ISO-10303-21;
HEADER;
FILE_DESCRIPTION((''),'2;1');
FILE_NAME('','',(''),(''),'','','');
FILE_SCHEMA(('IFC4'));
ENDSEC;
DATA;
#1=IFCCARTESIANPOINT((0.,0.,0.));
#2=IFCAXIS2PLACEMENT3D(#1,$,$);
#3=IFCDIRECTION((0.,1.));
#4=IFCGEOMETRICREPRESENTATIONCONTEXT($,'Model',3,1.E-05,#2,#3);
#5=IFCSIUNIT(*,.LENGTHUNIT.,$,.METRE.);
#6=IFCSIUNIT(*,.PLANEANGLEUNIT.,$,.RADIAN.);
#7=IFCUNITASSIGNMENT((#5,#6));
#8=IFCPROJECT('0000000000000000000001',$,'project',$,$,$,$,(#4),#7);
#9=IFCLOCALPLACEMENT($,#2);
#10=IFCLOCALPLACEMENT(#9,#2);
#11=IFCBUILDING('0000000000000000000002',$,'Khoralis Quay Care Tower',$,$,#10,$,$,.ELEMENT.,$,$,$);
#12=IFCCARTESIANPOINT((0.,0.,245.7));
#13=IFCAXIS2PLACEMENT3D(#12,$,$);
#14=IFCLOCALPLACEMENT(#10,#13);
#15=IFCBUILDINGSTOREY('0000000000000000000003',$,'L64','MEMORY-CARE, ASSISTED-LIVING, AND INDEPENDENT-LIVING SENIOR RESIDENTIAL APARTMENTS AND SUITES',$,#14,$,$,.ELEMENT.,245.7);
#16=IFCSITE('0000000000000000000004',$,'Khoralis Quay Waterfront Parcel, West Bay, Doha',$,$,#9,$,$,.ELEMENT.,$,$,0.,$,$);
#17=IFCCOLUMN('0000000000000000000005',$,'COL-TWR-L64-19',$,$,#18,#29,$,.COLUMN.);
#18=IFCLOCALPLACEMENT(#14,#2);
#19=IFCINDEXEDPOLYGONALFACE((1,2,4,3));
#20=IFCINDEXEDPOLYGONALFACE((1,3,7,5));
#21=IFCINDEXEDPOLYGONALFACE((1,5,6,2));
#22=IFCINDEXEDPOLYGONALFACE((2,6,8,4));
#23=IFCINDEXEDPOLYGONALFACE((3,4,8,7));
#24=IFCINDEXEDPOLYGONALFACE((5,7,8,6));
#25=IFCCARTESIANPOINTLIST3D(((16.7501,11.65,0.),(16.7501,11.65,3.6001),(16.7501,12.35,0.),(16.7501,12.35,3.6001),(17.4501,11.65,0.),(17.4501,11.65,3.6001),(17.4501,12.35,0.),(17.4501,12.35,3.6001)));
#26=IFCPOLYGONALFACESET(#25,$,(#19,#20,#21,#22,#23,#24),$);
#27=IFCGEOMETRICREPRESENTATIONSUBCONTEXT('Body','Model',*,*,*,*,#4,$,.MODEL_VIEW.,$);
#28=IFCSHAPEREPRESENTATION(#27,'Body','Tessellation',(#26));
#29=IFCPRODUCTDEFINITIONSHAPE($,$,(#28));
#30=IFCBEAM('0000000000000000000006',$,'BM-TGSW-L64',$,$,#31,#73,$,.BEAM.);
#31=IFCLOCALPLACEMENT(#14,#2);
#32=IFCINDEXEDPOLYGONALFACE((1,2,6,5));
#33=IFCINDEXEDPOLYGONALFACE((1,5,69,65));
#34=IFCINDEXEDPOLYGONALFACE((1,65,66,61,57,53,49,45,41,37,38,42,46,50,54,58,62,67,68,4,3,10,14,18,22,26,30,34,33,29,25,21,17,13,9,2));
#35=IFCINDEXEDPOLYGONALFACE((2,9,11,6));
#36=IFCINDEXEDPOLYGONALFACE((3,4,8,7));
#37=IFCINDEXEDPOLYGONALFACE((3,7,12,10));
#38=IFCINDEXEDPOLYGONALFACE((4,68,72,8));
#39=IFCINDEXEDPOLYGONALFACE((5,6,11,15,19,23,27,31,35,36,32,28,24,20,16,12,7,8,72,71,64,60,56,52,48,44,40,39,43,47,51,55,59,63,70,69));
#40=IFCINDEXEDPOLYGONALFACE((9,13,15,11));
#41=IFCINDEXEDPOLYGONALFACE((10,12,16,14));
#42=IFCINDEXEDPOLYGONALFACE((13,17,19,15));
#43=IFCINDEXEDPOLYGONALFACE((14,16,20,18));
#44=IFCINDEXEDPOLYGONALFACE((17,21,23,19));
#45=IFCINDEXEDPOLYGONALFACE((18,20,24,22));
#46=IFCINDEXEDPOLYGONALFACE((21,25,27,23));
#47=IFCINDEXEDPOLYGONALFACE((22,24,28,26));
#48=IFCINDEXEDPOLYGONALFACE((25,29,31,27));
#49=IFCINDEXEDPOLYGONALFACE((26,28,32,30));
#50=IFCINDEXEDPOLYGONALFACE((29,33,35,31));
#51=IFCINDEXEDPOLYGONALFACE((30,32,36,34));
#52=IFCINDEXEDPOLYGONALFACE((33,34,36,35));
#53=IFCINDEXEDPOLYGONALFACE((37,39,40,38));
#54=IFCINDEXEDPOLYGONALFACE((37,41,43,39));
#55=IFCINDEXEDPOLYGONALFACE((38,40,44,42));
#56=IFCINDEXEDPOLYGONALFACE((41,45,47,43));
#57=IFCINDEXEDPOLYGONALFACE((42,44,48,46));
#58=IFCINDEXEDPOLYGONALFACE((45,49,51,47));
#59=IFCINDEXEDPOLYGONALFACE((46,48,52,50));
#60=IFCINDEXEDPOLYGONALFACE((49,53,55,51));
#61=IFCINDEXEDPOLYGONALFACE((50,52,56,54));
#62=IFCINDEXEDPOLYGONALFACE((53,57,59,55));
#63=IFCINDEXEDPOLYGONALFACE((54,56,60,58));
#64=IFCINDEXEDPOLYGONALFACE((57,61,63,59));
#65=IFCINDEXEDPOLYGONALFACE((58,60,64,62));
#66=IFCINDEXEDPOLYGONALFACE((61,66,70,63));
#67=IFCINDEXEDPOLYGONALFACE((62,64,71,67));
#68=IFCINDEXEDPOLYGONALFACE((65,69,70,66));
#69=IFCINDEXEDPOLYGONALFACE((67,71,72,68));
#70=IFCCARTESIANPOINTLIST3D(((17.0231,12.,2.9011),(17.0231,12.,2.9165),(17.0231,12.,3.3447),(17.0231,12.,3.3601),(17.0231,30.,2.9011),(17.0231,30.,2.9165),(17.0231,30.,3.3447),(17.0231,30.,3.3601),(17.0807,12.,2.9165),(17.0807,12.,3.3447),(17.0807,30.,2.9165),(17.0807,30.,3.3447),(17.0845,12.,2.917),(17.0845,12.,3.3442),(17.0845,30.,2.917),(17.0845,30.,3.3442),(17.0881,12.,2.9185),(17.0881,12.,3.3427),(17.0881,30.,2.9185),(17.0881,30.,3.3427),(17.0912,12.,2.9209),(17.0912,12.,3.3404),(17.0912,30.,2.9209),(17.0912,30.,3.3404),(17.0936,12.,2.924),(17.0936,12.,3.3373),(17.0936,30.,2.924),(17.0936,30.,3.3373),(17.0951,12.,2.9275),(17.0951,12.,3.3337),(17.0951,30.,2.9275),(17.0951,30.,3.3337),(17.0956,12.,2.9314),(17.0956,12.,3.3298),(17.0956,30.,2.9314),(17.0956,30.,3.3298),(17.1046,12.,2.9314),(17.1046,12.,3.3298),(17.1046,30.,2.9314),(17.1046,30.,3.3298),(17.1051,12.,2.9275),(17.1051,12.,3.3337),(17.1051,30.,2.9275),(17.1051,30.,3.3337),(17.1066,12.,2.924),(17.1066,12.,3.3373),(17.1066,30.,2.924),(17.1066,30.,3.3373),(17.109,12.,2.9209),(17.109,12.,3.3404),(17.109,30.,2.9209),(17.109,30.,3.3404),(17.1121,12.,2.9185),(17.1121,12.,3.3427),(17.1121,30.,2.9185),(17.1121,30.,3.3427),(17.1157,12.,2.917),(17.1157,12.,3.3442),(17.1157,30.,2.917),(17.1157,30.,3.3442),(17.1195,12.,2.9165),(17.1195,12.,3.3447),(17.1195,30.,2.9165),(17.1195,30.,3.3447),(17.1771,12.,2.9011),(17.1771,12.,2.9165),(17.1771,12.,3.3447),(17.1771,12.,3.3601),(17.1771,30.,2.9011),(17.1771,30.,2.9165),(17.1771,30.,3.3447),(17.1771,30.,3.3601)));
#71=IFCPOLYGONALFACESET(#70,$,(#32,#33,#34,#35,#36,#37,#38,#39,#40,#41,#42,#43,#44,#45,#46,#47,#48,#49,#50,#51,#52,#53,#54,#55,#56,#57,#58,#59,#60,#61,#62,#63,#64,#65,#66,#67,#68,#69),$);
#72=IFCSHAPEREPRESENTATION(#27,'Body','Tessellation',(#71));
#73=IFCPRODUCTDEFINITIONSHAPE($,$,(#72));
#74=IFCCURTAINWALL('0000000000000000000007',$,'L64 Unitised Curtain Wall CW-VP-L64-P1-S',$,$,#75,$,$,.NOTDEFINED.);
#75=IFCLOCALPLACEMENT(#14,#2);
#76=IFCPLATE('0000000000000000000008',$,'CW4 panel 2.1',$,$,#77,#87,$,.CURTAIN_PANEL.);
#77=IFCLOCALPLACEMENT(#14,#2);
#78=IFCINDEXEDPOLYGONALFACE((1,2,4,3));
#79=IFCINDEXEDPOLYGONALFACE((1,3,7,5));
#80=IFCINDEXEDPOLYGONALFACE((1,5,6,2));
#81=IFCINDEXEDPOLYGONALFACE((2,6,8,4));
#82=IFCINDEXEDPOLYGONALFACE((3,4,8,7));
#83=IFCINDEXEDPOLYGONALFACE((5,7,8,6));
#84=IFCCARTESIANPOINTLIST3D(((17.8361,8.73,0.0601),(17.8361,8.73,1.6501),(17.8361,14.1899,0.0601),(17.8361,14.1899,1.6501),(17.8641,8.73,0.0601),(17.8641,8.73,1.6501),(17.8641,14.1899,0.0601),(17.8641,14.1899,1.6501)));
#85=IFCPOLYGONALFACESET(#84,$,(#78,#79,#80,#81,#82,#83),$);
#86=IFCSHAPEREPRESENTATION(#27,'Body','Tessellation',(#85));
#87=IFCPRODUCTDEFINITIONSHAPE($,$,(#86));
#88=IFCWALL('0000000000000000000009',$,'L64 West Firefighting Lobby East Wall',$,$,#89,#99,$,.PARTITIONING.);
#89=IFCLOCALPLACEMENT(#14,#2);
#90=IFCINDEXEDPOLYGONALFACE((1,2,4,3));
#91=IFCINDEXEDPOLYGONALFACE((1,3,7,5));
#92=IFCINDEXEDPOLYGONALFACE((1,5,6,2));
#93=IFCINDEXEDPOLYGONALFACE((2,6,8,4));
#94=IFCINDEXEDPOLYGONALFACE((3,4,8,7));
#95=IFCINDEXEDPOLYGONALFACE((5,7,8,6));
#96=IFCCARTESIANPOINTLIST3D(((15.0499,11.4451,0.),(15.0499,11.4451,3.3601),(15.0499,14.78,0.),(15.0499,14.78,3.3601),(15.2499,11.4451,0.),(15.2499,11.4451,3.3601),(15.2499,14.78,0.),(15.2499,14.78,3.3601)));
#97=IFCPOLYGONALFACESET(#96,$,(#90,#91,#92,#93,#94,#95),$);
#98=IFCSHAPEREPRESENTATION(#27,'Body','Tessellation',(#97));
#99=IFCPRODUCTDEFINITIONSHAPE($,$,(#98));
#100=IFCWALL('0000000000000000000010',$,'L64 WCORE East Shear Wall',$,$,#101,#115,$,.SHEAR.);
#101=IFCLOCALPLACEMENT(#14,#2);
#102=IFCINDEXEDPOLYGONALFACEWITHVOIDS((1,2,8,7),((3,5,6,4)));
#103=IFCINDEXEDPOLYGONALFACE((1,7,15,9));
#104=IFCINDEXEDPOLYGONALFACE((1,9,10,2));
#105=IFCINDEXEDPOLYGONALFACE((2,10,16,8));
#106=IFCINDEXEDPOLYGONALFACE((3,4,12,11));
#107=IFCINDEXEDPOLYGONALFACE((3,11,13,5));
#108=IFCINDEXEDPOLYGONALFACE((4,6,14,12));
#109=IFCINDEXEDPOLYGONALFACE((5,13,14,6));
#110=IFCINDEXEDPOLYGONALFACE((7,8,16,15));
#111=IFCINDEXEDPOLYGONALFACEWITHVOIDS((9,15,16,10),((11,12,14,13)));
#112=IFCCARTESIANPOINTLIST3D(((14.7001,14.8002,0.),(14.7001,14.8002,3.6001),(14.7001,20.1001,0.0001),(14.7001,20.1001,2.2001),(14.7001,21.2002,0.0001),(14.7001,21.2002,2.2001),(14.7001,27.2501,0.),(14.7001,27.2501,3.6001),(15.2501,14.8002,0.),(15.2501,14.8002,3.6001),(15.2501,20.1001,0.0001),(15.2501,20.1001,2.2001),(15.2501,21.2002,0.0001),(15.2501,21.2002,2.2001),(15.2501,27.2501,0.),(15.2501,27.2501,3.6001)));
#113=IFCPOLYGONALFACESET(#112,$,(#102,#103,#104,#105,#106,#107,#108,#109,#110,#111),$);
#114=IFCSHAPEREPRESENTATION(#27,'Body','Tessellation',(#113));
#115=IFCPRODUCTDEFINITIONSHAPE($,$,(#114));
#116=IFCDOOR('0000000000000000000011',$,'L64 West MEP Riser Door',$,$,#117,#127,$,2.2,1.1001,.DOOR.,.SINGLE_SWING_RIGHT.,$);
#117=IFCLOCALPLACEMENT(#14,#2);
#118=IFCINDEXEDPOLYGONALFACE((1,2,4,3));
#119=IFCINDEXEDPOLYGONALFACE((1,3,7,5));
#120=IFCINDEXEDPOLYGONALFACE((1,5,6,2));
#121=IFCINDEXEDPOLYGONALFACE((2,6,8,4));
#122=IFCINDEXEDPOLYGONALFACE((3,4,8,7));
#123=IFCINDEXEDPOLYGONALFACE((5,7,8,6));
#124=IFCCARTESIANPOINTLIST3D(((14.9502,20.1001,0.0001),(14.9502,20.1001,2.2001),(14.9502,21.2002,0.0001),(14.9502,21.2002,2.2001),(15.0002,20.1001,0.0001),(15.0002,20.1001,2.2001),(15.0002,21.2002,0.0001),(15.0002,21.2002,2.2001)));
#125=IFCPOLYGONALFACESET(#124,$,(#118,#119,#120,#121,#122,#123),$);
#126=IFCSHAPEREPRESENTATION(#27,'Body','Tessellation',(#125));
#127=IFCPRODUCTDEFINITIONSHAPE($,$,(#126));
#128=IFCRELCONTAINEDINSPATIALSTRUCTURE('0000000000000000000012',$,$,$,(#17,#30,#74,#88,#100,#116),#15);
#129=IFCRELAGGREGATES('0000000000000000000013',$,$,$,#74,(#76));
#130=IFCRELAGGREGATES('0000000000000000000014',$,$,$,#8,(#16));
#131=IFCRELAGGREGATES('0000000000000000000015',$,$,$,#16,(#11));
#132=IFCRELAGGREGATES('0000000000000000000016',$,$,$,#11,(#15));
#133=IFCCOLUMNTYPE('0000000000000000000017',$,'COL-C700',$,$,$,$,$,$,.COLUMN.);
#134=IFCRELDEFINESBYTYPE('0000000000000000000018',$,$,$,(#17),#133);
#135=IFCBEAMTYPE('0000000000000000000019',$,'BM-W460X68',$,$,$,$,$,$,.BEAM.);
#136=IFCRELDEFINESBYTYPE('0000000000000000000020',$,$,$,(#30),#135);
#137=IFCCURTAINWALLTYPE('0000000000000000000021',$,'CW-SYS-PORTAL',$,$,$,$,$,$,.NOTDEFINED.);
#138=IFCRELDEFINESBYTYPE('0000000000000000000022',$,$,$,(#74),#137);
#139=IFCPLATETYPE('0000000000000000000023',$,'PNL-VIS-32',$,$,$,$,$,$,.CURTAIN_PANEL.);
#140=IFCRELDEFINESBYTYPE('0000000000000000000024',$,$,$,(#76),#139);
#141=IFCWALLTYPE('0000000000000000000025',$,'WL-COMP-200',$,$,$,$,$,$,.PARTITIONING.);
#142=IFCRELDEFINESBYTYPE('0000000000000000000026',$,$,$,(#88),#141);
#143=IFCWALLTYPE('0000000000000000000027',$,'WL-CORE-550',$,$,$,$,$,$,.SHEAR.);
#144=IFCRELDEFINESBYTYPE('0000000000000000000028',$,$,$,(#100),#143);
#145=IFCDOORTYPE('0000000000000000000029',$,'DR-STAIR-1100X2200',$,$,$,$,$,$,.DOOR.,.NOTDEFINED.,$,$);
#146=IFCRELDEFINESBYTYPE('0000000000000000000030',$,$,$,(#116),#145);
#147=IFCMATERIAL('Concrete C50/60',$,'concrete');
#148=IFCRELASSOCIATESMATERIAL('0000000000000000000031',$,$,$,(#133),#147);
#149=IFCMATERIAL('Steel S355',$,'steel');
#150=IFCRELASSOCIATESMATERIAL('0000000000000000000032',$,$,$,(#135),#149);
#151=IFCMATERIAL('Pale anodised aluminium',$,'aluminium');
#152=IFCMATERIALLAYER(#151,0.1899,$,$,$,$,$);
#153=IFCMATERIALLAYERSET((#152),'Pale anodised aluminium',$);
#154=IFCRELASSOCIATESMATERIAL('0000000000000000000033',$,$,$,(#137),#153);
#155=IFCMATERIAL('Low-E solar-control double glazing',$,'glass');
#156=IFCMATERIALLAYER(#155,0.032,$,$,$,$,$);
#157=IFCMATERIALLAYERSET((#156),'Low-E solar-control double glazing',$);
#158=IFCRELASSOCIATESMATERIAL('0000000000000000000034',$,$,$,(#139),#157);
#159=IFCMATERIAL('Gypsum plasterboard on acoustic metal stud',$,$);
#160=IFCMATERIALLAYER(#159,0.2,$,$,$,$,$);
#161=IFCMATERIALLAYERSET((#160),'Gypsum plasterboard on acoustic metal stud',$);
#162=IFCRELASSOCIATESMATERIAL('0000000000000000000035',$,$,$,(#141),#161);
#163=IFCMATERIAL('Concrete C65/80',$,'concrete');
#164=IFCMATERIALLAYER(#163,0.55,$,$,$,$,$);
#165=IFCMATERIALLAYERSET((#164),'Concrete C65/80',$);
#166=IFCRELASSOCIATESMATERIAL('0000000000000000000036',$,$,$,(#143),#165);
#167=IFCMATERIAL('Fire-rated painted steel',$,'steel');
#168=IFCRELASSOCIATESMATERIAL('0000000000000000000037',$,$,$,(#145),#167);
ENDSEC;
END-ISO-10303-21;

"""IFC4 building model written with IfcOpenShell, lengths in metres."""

from ifc_helpers import new_model, si_unit, direction, frame, frame_2d, origin, origin_2d, place, context, subcontext, project, spatial, rectangle, i_section, extrude, source, transform, mapped, material, layer, layer_set, material_profile, profile_set, type_object, element, fill, aggregate, save


model = new_model("IFC4")

# Units and contexts
model_context = context("Model", 3, precision=1e-05, world=origin(), true_north=direction((0.0, 1.0)))
body_context = subcontext(model_context, "Body", "Model", "MODEL_VIEW")
ifc_project = project(units=[si_unit("LENGTHUNIT", "METRE"), si_unit("PLANEANGLEUNIT", "RADIAN")], contexts=[model_context])

# Site, building, storey
site_placement = place(None, origin())
site = spatial("IfcSite", under=ifc_project, at=site_placement, Name="Khoralis Quay Waterfront Parcel, West Bay, Doha", CompositionType="ELEMENT", RefElevation=0.0)
building_placement = place(site_placement, origin())
building = spatial("IfcBuilding", under=site, at=building_placement, Name="Khoralis Quay Care Tower", CompositionType="ELEMENT")
storey_placement = place(building_placement, frame((0.0, 0.0, 245.7)))
storey = spatial("IfcBuildingStorey", under=building, at=storey_placement, Name="L64", Description="MEMORY-CARE, ASSISTED-LIVING, AND INDEPENDENT-LIVING SENIOR RESIDENTIAL APARTMENTS AND SUITES", CompositionType="ELEMENT", Elevation=245.7)

# Column
ifc_material_1 = material(Name="Concrete C50/60", Category="concrete")
ifc_material_profile_1 = material_profile(ifc_material_1, rectangle(XDim=0.7, YDim=0.7, at=origin_2d()), Name="Concrete C50/60")
ifc_profile_set_1 = profile_set([ifc_material_profile_1], Name="Concrete C50/60")
column_type = type_object("IfcColumnType", Name="COL-C700", PredefinedType="COLUMN", material=ifc_profile_set_1)
shared_shape_1 = source(origin(), body_context, "Body", "SweptSolid", [
    extrude(rectangle(XDim=0.7, YDim=0.7, at=origin_2d()), origin(), (0.0, 0.0, 1.0), 3.6001),
])
column_placement = place(storey_placement, frame((17.1001, 12.0, 0.0), z_axis=(0.0, 0.0, 1.0), x_axis=(1.0, 0.0, 0.0)))
element("IfcColumn", 1, at=column_placement, inside=storey, type_object=column_type, Name="COL-TWR-L64-19", PredefinedType="COLUMN", context=body_context, shape_type="MappedRepresentation", body=[
    mapped(shared_shape_1, transform((0.0, 0.0, 0.0), scale=1.0)),
])

# Beam
ifc_material_2 = material(Name="Steel S355", Category="steel")
ifc_material_profile_2 = material_profile(ifc_material_2, i_section(OverallWidth=0.1541, OverallDepth=0.459, WebThickness=0.009, FlangeThickness=0.0154, FilletRadius=0.0149, at=origin_2d()), Name="Steel S355")
ifc_profile_set_2 = profile_set([ifc_material_profile_2], Name="Steel S355")
beam_type = type_object("IfcBeamType", Name="BM-W460X68", PredefinedType="BEAM", material=ifc_profile_set_2)
shared_shape_2 = source(origin(), body_context, "Body", "SweptSolid", [
    extrude(i_section(OverallWidth=0.1541, OverallDepth=0.459, WebThickness=0.009, FlangeThickness=0.0154, FilletRadius=0.0149, at=origin_2d()), origin(), (0.0, 0.0, 1.0), 18.0),
])
beam_placement = place(storey_placement, frame((17.1001, 12.0, 3.1306), z_axis=(0.0, 1.0, 0.0), x_axis=(-1.0, 0.0, 0.0)))
element("IfcBeam", 2, at=beam_placement, inside=storey, type_object=beam_type, Name="BM-TGSW-L64", PredefinedType="BEAM", context=body_context, shape_type="MappedRepresentation", body=[
    mapped(shared_shape_2, transform((0.0, 0.0, 0.0), scale=1.0)),
])

# Curtain wall, plate
ifc_material_3 = material(Name="Pale anodised aluminium", Category="aluminium")
ifc_layer_1 = layer(ifc_material_3, 0.1899)
ifc_layer_set_1 = layer_set([ifc_layer_1], Name="Pale anodised aluminium")
curtain_wall_type = type_object("IfcCurtainWallType", Name="CW-SYS-PORTAL", PredefinedType="NOTDEFINED", material=ifc_layer_set_1)
curtain_wall_placement = place(storey_placement, origin())
curtain_wall = element("IfcCurtainWall", 3, at=curtain_wall_placement, inside=storey, type_object=curtain_wall_type, Name="L64 Unitised Curtain Wall CW-VP-L64-P1-S", PredefinedType="NOTDEFINED")
ifc_material_4 = material(Name="Low-E solar-control double glazing", Category="glass")
ifc_layer_2 = layer(ifc_material_4, 0.032)
ifc_layer_set_2 = layer_set([ifc_layer_2], Name="Low-E solar-control double glazing")
plate_type = type_object("IfcPlateType", Name="PNL-VIS-32", PredefinedType="CURTAIN_PANEL", material=ifc_layer_set_2)
shared_shape_3 = source(origin(), body_context, "Body", "SweptSolid", [
    extrude(rectangle(XDim=5.46, YDim=0.0281, at=origin_2d()), origin(), (0.0, 0.0, 1.0), 1.5901),
])
plate_placement = place(storey_placement, frame((17.8501, 11.46, 0.0601), z_axis=(0.0, 0.0, 1.0), x_axis=(0.0, 1.0, 0.0)))
plate = element("IfcPlate", 4, at=plate_placement, type_object=plate_type, Name="CW4 panel 2.1", PredefinedType="CURTAIN_PANEL", context=body_context, shape_type="MappedRepresentation", body=[
    mapped(shared_shape_3, transform((0.0, 0.0, 0.0), scale=1.0)),
])
aggregate(curtain_wall, [plate])

# Wall
ifc_material_5 = material(Name="Gypsum plasterboard on acoustic metal stud")
ifc_layer_3 = layer(ifc_material_5, 0.2)
ifc_layer_set_3 = layer_set([ifc_layer_3], Name="Gypsum plasterboard on acoustic metal stud")
wall_type_1 = type_object("IfcWallType", Name="WL-COMP-200", PredefinedType="PARTITIONING", material=ifc_layer_set_3)
wall_1_placement = place(storey_placement, frame((15.1499, 11.4451, 0.0), z_axis=(0.0, 0.0, 1.0), x_axis=(0.0, 1.0, 0.0)))
element("IfcWall", 5, at=wall_1_placement, inside=storey, type_object=wall_type_1, Name="L64 West Firefighting Lobby East Wall", PredefinedType="PARTITIONING", context=body_context, shape_type="SweptSolid", body=[
    extrude(rectangle(XDim=3.335, YDim=0.2, at=frame_2d((1.6675, 0.0))), origin(), (0.0, 0.0, 1.0), 3.3601),
])

# Wall, opening, door
ifc_material_6 = material(Name="Concrete C65/80", Category="concrete")
ifc_layer_4 = layer(ifc_material_6, 0.55)
ifc_layer_set_4 = layer_set([ifc_layer_4], Name="Concrete C65/80")
wall_type_2 = type_object("IfcWallType", Name="WL-CORE-550", PredefinedType="SHEAR", material=ifc_layer_set_4)
wall_2_placement = place(storey_placement, frame((14.9751, 14.8, 0.0), z_axis=(0.0, 0.0, 1.0), x_axis=(0.0, 1.0, 0.0)))
wall_2 = element("IfcWall", 6, at=wall_2_placement, inside=storey, type_object=wall_type_2, Name="L64 WCORE East Shear Wall", PredefinedType="SHEAR", context=body_context, shape_type="SweptSolid", body=[
    extrude(rectangle(XDim=12.45, YDim=0.55, at=frame_2d((6.2251, 0.0))), origin(), (0.0, 0.0, 1.0), 3.6001),
])
opening_1_placement = place(wall_2_placement, frame((5.3, 0.0, 0.0)))
opening_1 = element("IfcOpeningElement", 7, at=opening_1_placement, cuts=wall_2, PredefinedType="OPENING", context=body_context, shape_type="SweptSolid", body=[
    extrude(rectangle(XDim=1.1001, YDim=2.2, at=frame_2d((0.55, 1.1001))), frame((0.0, 0.2852, 0.0), z_axis=(0.0, -1.0, 0.0), x_axis=(1.0, 0.0, 0.0)), (0.0, 0.0, 1.0), 0.5701),
])
ifc_material_7 = material(Name="Fire-rated painted steel", Category="steel")
door_type_1 = type_object("IfcDoorType", Name="DR-STAIR-1100X2200", OperationType="NOTDEFINED", PredefinedType="DOOR", material=ifc_material_7)
shared_shape_4 = source(origin(), body_context, "Body", "SweptSolid", [
    extrude(rectangle(XDim=1.1001, YDim=2.2, at=frame_2d((0.55, 1.1001))), frame((0.0, 0.0249, 0.0), z_axis=(0.0, -1.0, 0.0), x_axis=(1.0, 0.0, 0.0)), (0.0, 0.0, 1.0), 0.05),
])
door_1_placement = place(opening_1_placement, origin())
door_1 = element("IfcDoor", 8, at=door_1_placement, inside=storey, type_object=door_type_1, Name="L64 West MEP Riser Door", OperationType="SINGLE_SWING_RIGHT", OverallHeight=2.2, OverallWidth=1.1001, PredefinedType="DOOR", context=body_context, shape_type="MappedRepresentation", body=[
    mapped(shared_shape_4, transform((0.0, 0.0, 0.0), scale=1.0)),
])
fill(opening_1, door_1)

save(model, "model.ifc")
